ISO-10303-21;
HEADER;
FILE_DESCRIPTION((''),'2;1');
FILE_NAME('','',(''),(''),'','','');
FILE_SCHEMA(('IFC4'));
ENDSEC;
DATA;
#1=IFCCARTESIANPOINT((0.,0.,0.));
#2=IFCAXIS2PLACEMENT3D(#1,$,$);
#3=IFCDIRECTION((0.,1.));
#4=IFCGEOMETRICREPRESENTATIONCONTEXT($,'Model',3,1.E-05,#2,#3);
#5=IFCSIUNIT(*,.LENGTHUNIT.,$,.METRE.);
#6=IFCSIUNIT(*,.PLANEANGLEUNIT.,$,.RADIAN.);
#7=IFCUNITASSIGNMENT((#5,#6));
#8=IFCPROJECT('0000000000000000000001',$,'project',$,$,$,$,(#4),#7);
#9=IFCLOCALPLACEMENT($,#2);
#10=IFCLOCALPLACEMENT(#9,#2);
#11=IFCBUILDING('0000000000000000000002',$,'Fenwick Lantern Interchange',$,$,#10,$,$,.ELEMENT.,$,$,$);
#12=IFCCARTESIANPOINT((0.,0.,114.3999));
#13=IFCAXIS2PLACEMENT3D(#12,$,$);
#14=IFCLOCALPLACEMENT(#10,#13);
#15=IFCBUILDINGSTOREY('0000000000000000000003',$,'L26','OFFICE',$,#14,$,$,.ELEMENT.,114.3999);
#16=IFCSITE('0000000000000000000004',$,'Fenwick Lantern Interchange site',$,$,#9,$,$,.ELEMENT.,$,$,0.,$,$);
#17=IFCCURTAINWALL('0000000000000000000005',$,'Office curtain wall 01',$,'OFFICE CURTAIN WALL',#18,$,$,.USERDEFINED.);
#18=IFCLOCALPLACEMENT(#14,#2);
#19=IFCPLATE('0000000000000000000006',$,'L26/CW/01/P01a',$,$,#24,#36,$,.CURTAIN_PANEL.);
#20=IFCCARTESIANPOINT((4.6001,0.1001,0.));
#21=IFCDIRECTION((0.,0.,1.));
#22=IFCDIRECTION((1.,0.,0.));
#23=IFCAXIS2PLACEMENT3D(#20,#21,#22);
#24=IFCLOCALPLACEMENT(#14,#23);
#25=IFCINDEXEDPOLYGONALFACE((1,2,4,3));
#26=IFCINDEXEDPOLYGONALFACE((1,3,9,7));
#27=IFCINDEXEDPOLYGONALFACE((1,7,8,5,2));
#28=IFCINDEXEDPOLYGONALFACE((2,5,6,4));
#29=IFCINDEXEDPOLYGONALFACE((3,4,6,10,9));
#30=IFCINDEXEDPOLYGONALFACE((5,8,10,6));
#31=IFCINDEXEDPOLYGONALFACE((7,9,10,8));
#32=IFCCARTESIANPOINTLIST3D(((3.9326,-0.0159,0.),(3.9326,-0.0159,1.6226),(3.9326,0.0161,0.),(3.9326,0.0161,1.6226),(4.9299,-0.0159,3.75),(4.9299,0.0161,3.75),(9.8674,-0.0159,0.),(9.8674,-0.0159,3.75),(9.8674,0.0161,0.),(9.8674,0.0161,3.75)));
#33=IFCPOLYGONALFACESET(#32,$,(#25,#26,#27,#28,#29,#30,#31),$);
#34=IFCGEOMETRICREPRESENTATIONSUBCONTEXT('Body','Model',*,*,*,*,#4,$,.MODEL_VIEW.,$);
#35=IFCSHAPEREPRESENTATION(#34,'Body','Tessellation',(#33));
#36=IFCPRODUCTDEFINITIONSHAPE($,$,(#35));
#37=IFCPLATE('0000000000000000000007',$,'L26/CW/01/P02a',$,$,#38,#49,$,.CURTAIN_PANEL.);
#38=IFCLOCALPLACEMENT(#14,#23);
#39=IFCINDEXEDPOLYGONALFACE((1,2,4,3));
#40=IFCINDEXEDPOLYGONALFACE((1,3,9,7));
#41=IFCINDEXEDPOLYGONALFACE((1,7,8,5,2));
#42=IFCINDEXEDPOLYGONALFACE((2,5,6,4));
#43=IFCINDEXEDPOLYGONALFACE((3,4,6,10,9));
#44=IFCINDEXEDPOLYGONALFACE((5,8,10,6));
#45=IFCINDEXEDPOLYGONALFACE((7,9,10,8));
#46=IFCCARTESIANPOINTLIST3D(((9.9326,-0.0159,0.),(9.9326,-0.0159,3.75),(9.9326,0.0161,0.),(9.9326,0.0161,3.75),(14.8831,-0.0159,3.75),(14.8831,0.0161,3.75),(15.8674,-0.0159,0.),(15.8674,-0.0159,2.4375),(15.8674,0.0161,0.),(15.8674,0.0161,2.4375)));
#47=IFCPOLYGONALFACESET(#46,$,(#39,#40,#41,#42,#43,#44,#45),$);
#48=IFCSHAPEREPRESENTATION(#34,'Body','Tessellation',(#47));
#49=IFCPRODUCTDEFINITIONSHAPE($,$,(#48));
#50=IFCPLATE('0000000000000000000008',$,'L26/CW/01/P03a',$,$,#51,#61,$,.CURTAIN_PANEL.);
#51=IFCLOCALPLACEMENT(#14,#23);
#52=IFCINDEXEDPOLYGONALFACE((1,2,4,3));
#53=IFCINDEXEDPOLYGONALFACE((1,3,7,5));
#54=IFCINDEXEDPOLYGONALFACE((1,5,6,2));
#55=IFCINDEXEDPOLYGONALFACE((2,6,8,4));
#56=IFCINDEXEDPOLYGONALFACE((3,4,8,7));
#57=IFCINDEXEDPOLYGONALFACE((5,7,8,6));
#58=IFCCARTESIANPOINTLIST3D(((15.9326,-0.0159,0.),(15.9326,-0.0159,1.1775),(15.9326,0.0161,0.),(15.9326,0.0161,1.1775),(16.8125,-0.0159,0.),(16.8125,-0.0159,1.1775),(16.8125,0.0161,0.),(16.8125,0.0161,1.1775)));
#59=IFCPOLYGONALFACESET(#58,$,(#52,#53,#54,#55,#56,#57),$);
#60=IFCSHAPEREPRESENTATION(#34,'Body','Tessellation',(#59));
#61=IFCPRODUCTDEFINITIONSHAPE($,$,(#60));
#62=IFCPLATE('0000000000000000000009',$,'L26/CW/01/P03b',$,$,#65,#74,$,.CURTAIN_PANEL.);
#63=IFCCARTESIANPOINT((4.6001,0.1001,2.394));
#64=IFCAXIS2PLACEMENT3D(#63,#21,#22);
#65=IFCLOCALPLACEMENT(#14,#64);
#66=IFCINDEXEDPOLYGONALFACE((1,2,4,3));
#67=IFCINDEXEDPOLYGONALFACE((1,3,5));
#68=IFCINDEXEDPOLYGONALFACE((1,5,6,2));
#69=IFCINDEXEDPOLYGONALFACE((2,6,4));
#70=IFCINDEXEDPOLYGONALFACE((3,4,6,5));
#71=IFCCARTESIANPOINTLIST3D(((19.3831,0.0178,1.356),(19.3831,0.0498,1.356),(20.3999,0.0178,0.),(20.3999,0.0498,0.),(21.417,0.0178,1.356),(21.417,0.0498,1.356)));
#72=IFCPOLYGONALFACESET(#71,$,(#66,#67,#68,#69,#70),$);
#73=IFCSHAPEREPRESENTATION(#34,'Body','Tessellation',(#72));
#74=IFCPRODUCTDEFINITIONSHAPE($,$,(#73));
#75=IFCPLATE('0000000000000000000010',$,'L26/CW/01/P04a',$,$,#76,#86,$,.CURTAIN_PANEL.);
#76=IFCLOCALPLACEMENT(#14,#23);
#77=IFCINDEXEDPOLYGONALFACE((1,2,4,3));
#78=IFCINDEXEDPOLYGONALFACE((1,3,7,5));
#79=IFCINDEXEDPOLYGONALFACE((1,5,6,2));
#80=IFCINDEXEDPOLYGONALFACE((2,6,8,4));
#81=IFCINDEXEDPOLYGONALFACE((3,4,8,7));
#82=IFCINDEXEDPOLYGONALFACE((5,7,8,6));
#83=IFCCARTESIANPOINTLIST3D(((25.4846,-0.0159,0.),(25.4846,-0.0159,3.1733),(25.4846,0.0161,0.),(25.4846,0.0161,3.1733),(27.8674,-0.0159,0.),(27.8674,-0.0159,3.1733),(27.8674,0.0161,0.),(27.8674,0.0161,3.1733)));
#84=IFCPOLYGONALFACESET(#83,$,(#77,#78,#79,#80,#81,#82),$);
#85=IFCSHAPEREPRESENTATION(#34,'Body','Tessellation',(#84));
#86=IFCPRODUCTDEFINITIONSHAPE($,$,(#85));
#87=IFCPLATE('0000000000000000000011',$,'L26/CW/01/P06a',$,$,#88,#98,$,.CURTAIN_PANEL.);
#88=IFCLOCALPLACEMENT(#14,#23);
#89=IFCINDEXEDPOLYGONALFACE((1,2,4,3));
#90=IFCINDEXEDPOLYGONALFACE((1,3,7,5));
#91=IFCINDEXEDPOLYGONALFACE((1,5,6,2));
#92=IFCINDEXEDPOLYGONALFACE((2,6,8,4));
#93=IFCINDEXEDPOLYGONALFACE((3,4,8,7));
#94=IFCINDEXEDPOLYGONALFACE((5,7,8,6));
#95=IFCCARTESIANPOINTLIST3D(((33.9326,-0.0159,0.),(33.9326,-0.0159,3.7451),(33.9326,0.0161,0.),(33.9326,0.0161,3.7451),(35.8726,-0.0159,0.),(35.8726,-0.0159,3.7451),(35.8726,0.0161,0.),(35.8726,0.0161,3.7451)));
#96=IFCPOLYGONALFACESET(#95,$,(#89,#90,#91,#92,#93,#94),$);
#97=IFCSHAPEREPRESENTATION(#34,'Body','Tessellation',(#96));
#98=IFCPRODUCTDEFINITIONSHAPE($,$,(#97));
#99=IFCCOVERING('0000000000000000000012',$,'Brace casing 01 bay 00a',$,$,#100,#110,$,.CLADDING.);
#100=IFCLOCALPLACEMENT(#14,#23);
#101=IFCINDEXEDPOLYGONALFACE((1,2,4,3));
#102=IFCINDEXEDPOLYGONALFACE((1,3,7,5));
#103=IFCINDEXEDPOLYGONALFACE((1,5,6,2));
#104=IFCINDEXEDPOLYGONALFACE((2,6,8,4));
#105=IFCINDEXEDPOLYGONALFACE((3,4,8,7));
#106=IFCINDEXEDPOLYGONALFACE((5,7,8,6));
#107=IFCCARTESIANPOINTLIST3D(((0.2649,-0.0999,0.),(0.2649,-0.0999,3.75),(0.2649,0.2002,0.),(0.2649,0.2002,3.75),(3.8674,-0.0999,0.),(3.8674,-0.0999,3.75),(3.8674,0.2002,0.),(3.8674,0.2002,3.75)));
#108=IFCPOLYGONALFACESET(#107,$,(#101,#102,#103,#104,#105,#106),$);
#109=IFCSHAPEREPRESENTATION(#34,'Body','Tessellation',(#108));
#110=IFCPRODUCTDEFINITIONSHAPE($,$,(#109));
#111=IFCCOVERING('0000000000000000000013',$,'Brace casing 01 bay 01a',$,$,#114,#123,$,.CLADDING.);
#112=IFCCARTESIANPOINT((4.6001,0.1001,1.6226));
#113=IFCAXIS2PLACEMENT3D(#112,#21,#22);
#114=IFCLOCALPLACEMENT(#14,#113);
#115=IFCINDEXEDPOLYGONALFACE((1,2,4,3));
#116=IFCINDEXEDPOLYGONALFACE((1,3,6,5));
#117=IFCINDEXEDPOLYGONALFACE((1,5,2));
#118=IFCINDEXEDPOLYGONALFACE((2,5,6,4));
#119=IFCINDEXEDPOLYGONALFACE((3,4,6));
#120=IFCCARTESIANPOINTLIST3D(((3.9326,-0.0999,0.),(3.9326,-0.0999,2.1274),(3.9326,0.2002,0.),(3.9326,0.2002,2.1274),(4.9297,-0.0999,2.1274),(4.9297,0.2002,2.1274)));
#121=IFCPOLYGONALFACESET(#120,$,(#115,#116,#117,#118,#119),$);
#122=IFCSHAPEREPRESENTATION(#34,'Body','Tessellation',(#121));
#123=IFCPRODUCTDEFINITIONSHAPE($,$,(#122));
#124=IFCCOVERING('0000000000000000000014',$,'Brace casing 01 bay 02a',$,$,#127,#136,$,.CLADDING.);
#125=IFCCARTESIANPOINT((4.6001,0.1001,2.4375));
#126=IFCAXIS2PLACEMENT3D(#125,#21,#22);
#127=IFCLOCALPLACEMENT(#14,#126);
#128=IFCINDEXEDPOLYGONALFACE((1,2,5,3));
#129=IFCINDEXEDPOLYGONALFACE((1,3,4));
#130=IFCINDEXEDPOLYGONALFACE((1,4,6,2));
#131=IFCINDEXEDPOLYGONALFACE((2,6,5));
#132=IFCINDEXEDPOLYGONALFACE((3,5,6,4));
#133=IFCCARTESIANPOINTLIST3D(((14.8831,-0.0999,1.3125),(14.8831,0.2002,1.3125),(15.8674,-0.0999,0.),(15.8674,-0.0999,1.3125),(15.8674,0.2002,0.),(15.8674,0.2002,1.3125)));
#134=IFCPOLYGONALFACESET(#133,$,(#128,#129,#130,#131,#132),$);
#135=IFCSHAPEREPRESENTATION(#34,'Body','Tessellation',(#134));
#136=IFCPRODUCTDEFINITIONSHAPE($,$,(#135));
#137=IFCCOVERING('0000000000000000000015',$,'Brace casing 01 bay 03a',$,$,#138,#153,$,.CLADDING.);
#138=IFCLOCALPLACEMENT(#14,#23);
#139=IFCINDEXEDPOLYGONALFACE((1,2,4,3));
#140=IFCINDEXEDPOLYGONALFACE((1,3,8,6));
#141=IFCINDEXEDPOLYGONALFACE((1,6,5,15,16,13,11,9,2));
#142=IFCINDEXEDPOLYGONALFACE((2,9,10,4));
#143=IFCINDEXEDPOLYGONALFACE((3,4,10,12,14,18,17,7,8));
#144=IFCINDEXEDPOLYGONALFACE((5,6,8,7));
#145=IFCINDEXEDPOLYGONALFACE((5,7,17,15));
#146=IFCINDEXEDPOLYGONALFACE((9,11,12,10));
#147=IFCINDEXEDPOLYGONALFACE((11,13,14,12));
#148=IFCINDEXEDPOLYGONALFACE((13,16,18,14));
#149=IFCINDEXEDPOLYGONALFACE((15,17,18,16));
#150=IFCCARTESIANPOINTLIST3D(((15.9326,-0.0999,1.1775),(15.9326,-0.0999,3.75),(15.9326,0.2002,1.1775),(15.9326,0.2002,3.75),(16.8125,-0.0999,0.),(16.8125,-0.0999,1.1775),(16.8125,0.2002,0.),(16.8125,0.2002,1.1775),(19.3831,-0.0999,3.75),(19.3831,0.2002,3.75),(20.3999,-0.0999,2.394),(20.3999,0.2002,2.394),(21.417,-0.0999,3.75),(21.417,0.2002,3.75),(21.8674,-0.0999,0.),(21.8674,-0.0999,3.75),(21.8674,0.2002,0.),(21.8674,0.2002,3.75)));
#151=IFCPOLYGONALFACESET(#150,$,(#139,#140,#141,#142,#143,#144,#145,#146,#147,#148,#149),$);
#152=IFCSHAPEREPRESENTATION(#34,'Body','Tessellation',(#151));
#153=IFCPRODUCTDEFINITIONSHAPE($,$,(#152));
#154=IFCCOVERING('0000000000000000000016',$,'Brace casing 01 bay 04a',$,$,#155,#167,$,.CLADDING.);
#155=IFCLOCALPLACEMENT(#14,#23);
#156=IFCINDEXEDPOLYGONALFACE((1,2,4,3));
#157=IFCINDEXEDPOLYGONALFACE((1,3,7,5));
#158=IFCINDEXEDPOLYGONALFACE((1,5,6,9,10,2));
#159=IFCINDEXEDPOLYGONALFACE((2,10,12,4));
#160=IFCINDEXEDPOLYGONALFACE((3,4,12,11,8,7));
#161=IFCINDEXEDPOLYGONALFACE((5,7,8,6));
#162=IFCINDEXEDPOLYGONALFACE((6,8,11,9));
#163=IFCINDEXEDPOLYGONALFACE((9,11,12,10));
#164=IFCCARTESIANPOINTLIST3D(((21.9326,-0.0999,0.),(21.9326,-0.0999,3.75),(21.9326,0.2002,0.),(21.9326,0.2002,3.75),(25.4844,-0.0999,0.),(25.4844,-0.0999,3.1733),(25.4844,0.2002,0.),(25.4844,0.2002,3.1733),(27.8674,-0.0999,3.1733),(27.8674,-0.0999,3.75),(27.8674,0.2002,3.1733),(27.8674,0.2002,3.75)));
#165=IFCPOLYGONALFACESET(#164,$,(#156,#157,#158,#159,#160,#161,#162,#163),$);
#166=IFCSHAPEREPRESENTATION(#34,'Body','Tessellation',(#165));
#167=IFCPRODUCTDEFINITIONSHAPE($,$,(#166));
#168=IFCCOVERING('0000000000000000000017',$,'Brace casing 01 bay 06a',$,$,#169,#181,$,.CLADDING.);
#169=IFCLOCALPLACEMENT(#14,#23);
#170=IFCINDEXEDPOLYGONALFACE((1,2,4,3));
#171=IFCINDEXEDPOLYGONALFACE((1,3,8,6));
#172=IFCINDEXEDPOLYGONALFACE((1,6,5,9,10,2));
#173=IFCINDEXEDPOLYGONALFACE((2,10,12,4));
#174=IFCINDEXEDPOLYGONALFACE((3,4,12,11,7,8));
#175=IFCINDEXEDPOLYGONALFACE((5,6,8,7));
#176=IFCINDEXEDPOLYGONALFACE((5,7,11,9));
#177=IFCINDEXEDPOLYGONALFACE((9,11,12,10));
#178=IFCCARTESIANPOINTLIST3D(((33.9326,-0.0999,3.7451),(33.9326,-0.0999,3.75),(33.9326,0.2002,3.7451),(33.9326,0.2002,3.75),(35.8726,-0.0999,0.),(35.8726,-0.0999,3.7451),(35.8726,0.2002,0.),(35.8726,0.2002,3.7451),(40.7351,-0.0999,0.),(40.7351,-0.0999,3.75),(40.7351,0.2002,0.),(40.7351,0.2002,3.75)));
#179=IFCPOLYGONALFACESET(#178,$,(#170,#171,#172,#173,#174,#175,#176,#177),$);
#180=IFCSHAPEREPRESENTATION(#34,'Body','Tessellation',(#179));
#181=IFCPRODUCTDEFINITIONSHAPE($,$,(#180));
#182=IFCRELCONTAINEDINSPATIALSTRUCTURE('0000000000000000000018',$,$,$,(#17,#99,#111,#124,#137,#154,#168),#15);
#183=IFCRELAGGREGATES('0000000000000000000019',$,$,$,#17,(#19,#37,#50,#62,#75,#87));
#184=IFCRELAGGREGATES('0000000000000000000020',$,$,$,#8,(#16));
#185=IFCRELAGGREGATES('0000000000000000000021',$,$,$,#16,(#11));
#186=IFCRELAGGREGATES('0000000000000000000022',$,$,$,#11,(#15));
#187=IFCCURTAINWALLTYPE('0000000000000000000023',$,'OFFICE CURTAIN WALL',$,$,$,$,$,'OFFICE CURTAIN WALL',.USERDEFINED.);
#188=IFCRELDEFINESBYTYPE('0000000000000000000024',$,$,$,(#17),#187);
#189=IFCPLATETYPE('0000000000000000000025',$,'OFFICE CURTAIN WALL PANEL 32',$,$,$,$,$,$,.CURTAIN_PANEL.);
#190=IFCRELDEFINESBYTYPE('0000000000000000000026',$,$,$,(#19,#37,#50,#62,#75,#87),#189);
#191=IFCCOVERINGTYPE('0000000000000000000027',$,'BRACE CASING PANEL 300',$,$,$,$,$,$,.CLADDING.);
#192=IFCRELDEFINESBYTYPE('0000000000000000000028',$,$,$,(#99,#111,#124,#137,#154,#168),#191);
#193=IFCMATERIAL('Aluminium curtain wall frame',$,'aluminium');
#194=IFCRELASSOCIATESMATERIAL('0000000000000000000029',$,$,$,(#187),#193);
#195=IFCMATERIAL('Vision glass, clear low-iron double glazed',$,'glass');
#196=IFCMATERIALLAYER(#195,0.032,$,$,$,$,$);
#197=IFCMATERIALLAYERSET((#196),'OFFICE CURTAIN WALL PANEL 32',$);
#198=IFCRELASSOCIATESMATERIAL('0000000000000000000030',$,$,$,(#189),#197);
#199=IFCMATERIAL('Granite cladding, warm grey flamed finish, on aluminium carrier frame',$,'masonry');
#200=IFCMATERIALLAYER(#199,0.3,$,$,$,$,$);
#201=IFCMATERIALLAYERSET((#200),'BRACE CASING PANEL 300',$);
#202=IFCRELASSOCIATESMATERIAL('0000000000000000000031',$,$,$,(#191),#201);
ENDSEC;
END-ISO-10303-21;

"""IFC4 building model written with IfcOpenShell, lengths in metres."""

from ifc_helpers import new_model, si_unit, direction, frame, origin, place, context, subcontext, project, spatial, polyline, outline, extrude, material, layer, layer_set, type_object, element, aggregate, save


model = new_model("IFC4")

# Units and contexts
model_context = context("Model", 3, precision=1e-05, world=origin(), true_north=direction((0.0, 1.0)))
body_context = subcontext(model_context, "Body", "Model", "MODEL_VIEW")
ifc_project = project(units=[si_unit("LENGTHUNIT", "METRE"), si_unit("PLANEANGLEUNIT", "RADIAN")], contexts=[model_context])

# Site, building, storey
site_placement = place(None, origin())
site = spatial("IfcSite", under=ifc_project, at=site_placement, Name="Fenwick Lantern Interchange site", CompositionType="ELEMENT", RefElevation=0.0)
building_placement = place(site_placement, origin())
building = spatial("IfcBuilding", under=site, at=building_placement, Name="Fenwick Lantern Interchange", CompositionType="ELEMENT")
storey_placement = place(building_placement, frame((0.0, 0.0, 114.3999)))
storey = spatial("IfcBuildingStorey", under=building, at=storey_placement, Name="L26", Description="OFFICE", CompositionType="ELEMENT", Elevation=114.3999)

# Shared definitions
ifc_material_1 = material(Name="Aluminium curtain wall frame", Category="aluminium")
curtain_wall_type = type_object("IfcCurtainWallType", Name="OFFICE CURTAIN WALL", ElementType="OFFICE CURTAIN WALL", PredefinedType="USERDEFINED", material=ifc_material_1)

# Curtain wall, plates
curtain_wall_1_placement = place(storey_placement, origin())
curtain_wall_1 = element("IfcCurtainWall", 1, at=curtain_wall_1_placement, inside=storey, type_object=curtain_wall_type, Name="Office curtain wall 01", ObjectType="OFFICE CURTAIN WALL", PredefinedType="USERDEFINED")
ifc_material_2 = material(Name="Vision glass, clear low-iron double glazed", Category="glass")
ifc_layer_1 = layer(ifc_material_2, 0.032)
ifc_layer_set_1 = layer_set([ifc_layer_1], Name="OFFICE CURTAIN WALL PANEL 32")
plate_type = type_object("IfcPlateType", Name="OFFICE CURTAIN WALL PANEL 32", PredefinedType="CURTAIN_PANEL", material=ifc_layer_set_1)
plate_1_placement = place(storey_placement, frame((4.6001, 0.1001, 0.0), z_axis=(0.0, 0.0, 1.0), x_axis=(1.0, 0.0, 0.0)))
plate_1 = element("IfcPlate", 2, at=plate_1_placement, type_object=plate_type, Name="L26/CW/01/P01a", PredefinedType="CURTAIN_PANEL", context=body_context, shape_type="SweptSolid", body=[
    extrude(outline(polyline([(3.9326, 0.0), (9.8674, 0.0), (9.8674, 3.75), (4.9299, 3.75), (3.9326, 1.6226), (3.9326, 0.0)])), frame((0.0, 0.0161, 0.0), z_axis=(0.0, -1.0, 0.0), x_axis=(1.0, 0.0, 0.0)), (0.0, 0.0, 1.0), 0.032),
])
plate_2_placement = place(storey_placement, frame((4.6001, 0.1001, 0.0), z_axis=(0.0, 0.0, 1.0), x_axis=(1.0, 0.0, 0.0)))
plate_2 = element("IfcPlate", 3, at=plate_2_placement, type_object=plate_type, Name="L26/CW/01/P02a", PredefinedType="CURTAIN_PANEL", context=body_context, shape_type="SweptSolid", body=[
    extrude(outline(polyline([(9.9326, 0.0), (15.8674, 0.0), (15.8674, 2.4375), (14.8831, 3.75), (9.9326, 3.75), (9.9326, 0.0)])), frame((0.0, 0.0161, 0.0), z_axis=(0.0, -1.0, 0.0), x_axis=(1.0, 0.0, 0.0)), (0.0, 0.0, 1.0), 0.032),
])
plate_3_placement = place(storey_placement, frame((4.6001, 0.1001, 0.0), z_axis=(0.0, 0.0, 1.0), x_axis=(1.0, 0.0, 0.0)))
plate_3 = element("IfcPlate", 4, at=plate_3_placement, type_object=plate_type, Name="L26/CW/01/P03a", PredefinedType="CURTAIN_PANEL", context=body_context, shape_type="SweptSolid", body=[
    extrude(outline(polyline([(15.9326, 0.0), (16.8125, 0.0), (16.8125, 1.1775), (15.9326, 1.1775), (15.9326, 0.0)])), frame((0.0, 0.0161, 0.0), z_axis=(0.0, -1.0, 0.0), x_axis=(1.0, 0.0, 0.0)), (0.0, 0.0, 1.0), 0.032),
])
plate_4_placement = place(storey_placement, frame((4.6001, 0.1001, 2.394), z_axis=(0.0, 0.0, 1.0), x_axis=(1.0, 0.0, 0.0)))
plate_4 = element("IfcPlate", 5, at=plate_4_placement, type_object=plate_type, Name="L26/CW/01/P03b", PredefinedType="CURTAIN_PANEL", context=body_context, shape_type="SweptSolid", body=[
    extrude(outline(polyline([(20.3999, 0.0), (21.417, 1.356), (19.3831, 1.356), (20.3999, 0.0)])), frame((0.0, 0.0498, 0.0), z_axis=(0.0, -1.0, 0.0), x_axis=(1.0, 0.0, 0.0)), (0.0, 0.0, 1.0), 0.032),
])
plate_5_placement = place(storey_placement, frame((4.6001, 0.1001, 0.0), z_axis=(0.0, 0.0, 1.0), x_axis=(1.0, 0.0, 0.0)))
plate_5 = element("IfcPlate", 6, at=plate_5_placement, type_object=plate_type, Name="L26/CW/01/P04a", PredefinedType="CURTAIN_PANEL", context=body_context, shape_type="SweptSolid", body=[
    extrude(outline(polyline([(25.4846, 0.0), (27.8674, 0.0), (27.8674, 3.1733), (25.4846, 3.1733), (25.4846, 0.0)])), frame((0.0, 0.0161, 0.0), z_axis=(0.0, -1.0, 0.0), x_axis=(1.0, 0.0, 0.0)), (0.0, 0.0, 1.0), 0.032),
])
plate_6_placement = place(storey_placement, frame((4.6001, 0.1001, 0.0), z_axis=(0.0, 0.0, 1.0), x_axis=(1.0, 0.0, 0.0)))
plate_6 = element("IfcPlate", 7, at=plate_6_placement, type_object=plate_type, Name="L26/CW/01/P06a", PredefinedType="CURTAIN_PANEL", context=body_context, shape_type="SweptSolid", body=[
    extrude(outline(polyline([(33.9326, 0.0), (35.8726, 0.0), (35.8726, 3.7451), (33.9326, 3.7451), (33.9326, 0.0)])), frame((0.0, 0.0161, 0.0), z_axis=(0.0, -1.0, 0.0), x_axis=(1.0, 0.0, 0.0)), (0.0, 0.0, 1.0), 0.032),
])
aggregate(curtain_wall_1, [plate_1, plate_2, plate_3, plate_4, plate_5, plate_6])

# Coverings
ifc_material_3 = material(Name="Granite cladding, warm grey flamed finish, on aluminium carrier frame", Category="masonry")
ifc_layer_2 = layer(ifc_material_3, 0.3)
ifc_layer_set_2 = layer_set([ifc_layer_2], Name="BRACE CASING PANEL 300")
covering_type = type_object("IfcCoveringType", Name="BRACE CASING PANEL 300", PredefinedType="CLADDING", material=ifc_layer_set_2)
covering_1_placement = place(storey_placement, frame((4.6001, 0.1001, 0.0), z_axis=(0.0, 0.0, 1.0), x_axis=(1.0, 0.0, 0.0)))
element("IfcCovering", 8, at=covering_1_placement, inside=storey, type_object=covering_type, Name="Brace casing 01 bay 00a", PredefinedType="CLADDING", context=body_context, shape_type="SweptSolid", body=[
    extrude(outline(polyline([(0.2649, 0.0), (3.8674, 0.0), (3.8674, 3.75), (0.2649, 3.75), (0.2649, 0.0)])), frame((0.0, 0.2002, 0.0), z_axis=(0.0, -1.0, 0.0), x_axis=(1.0, 0.0, 0.0)), (0.0, 0.0, 1.0), 0.3),
])
covering_2_placement = place(storey_placement, frame((4.6001, 0.1001, 1.6226), z_axis=(0.0, 0.0, 1.0), x_axis=(1.0, 0.0, 0.0)))
element("IfcCovering", 9, at=covering_2_placement, inside=storey, type_object=covering_type, Name="Brace casing 01 bay 01a", PredefinedType="CLADDING", context=body_context, shape_type="SweptSolid", body=[
    extrude(outline(polyline([(3.9326, 0.0), (4.9297, 2.1274), (3.9326, 2.1274), (3.9326, 0.0)])), frame((0.0, 0.2002, 0.0), z_axis=(0.0, -1.0, 0.0), x_axis=(1.0, 0.0, 0.0)), (0.0, 0.0, 1.0), 0.3),
])
covering_3_placement = place(storey_placement, frame((4.6001, 0.1001, 2.4375), z_axis=(0.0, 0.0, 1.0), x_axis=(1.0, 0.0, 0.0)))
element("IfcCovering", 10, at=covering_3_placement, inside=storey, type_object=covering_type, Name="Brace casing 01 bay 02a", PredefinedType="CLADDING", context=body_context, shape_type="SweptSolid", body=[
    extrude(outline(polyline([(15.8674, 0.0), (15.8674, 1.3125), (14.8831, 1.3125), (15.8674, 0.0)])), frame((0.0, 0.2002, 0.0), z_axis=(0.0, -1.0, 0.0), x_axis=(1.0, 0.0, 0.0)), (0.0, 0.0, 1.0), 0.3),
])
covering_4_placement = place(storey_placement, frame((4.6001, 0.1001, 0.0), z_axis=(0.0, 0.0, 1.0), x_axis=(1.0, 0.0, 0.0)))
element("IfcCovering", 11, at=covering_4_placement, inside=storey, type_object=covering_type, Name="Brace casing 01 bay 03a", PredefinedType="CLADDING", context=body_context, shape_type="SweptSolid", body=[
    extrude(outline(polyline([(16.8125, 0.0), (21.8674, 0.0), (21.8674, 3.75), (21.417, 3.75), (20.3999, 2.394), (19.3831, 3.75), (15.9326, 3.75), (15.9326, 1.1775), (16.8125, 1.1775), (16.8125, 0.0)])), frame((0.0, 0.2002, 0.0), z_axis=(0.0, -1.0, 0.0), x_axis=(1.0, 0.0, 0.0)), (0.0, 0.0, 1.0), 0.3),
])
covering_5_placement = place(storey_placement, frame((4.6001, 0.1001, 0.0), z_axis=(0.0, 0.0, 1.0), x_axis=(1.0, 0.0, 0.0)))
element("IfcCovering", 12, at=covering_5_placement, inside=storey, type_object=covering_type, Name="Brace casing 01 bay 04a", PredefinedType="CLADDING", context=body_context, shape_type="SweptSolid", body=[
    extrude(outline(polyline([(21.9326, 0.0), (25.4844, 0.0), (25.4844, 3.1733), (27.8674, 3.1733), (27.8674, 3.75), (21.9326, 3.75), (21.9326, 0.0)])), frame((0.0, 0.2002, 0.0), z_axis=(0.0, -1.0, 0.0), x_axis=(1.0, 0.0, 0.0)), (0.0, 0.0, 1.0), 0.3),
])
covering_6_placement = place(storey_placement, frame((4.6001, 0.1001, 0.0), z_axis=(0.0, 0.0, 1.0), x_axis=(1.0, 0.0, 0.0)))
element("IfcCovering", 13, at=covering_6_placement, inside=storey, type_object=covering_type, Name="Brace casing 01 bay 06a", PredefinedType="CLADDING", context=body_context, shape_type="SweptSolid", body=[
    extrude(outline(polyline([(35.8726, 0.0), (40.7351, 0.0), (40.7351, 3.75), (33.9326, 3.75), (33.9326, 3.7451), (35.8726, 3.7451), (35.8726, 0.0)])), frame((0.0, 0.2002, 0.0), z_axis=(0.0, -1.0, 0.0), x_axis=(1.0, 0.0, 0.0)), (0.0, 0.0, 1.0), 0.3),
])

save(model, "model.ifc")
